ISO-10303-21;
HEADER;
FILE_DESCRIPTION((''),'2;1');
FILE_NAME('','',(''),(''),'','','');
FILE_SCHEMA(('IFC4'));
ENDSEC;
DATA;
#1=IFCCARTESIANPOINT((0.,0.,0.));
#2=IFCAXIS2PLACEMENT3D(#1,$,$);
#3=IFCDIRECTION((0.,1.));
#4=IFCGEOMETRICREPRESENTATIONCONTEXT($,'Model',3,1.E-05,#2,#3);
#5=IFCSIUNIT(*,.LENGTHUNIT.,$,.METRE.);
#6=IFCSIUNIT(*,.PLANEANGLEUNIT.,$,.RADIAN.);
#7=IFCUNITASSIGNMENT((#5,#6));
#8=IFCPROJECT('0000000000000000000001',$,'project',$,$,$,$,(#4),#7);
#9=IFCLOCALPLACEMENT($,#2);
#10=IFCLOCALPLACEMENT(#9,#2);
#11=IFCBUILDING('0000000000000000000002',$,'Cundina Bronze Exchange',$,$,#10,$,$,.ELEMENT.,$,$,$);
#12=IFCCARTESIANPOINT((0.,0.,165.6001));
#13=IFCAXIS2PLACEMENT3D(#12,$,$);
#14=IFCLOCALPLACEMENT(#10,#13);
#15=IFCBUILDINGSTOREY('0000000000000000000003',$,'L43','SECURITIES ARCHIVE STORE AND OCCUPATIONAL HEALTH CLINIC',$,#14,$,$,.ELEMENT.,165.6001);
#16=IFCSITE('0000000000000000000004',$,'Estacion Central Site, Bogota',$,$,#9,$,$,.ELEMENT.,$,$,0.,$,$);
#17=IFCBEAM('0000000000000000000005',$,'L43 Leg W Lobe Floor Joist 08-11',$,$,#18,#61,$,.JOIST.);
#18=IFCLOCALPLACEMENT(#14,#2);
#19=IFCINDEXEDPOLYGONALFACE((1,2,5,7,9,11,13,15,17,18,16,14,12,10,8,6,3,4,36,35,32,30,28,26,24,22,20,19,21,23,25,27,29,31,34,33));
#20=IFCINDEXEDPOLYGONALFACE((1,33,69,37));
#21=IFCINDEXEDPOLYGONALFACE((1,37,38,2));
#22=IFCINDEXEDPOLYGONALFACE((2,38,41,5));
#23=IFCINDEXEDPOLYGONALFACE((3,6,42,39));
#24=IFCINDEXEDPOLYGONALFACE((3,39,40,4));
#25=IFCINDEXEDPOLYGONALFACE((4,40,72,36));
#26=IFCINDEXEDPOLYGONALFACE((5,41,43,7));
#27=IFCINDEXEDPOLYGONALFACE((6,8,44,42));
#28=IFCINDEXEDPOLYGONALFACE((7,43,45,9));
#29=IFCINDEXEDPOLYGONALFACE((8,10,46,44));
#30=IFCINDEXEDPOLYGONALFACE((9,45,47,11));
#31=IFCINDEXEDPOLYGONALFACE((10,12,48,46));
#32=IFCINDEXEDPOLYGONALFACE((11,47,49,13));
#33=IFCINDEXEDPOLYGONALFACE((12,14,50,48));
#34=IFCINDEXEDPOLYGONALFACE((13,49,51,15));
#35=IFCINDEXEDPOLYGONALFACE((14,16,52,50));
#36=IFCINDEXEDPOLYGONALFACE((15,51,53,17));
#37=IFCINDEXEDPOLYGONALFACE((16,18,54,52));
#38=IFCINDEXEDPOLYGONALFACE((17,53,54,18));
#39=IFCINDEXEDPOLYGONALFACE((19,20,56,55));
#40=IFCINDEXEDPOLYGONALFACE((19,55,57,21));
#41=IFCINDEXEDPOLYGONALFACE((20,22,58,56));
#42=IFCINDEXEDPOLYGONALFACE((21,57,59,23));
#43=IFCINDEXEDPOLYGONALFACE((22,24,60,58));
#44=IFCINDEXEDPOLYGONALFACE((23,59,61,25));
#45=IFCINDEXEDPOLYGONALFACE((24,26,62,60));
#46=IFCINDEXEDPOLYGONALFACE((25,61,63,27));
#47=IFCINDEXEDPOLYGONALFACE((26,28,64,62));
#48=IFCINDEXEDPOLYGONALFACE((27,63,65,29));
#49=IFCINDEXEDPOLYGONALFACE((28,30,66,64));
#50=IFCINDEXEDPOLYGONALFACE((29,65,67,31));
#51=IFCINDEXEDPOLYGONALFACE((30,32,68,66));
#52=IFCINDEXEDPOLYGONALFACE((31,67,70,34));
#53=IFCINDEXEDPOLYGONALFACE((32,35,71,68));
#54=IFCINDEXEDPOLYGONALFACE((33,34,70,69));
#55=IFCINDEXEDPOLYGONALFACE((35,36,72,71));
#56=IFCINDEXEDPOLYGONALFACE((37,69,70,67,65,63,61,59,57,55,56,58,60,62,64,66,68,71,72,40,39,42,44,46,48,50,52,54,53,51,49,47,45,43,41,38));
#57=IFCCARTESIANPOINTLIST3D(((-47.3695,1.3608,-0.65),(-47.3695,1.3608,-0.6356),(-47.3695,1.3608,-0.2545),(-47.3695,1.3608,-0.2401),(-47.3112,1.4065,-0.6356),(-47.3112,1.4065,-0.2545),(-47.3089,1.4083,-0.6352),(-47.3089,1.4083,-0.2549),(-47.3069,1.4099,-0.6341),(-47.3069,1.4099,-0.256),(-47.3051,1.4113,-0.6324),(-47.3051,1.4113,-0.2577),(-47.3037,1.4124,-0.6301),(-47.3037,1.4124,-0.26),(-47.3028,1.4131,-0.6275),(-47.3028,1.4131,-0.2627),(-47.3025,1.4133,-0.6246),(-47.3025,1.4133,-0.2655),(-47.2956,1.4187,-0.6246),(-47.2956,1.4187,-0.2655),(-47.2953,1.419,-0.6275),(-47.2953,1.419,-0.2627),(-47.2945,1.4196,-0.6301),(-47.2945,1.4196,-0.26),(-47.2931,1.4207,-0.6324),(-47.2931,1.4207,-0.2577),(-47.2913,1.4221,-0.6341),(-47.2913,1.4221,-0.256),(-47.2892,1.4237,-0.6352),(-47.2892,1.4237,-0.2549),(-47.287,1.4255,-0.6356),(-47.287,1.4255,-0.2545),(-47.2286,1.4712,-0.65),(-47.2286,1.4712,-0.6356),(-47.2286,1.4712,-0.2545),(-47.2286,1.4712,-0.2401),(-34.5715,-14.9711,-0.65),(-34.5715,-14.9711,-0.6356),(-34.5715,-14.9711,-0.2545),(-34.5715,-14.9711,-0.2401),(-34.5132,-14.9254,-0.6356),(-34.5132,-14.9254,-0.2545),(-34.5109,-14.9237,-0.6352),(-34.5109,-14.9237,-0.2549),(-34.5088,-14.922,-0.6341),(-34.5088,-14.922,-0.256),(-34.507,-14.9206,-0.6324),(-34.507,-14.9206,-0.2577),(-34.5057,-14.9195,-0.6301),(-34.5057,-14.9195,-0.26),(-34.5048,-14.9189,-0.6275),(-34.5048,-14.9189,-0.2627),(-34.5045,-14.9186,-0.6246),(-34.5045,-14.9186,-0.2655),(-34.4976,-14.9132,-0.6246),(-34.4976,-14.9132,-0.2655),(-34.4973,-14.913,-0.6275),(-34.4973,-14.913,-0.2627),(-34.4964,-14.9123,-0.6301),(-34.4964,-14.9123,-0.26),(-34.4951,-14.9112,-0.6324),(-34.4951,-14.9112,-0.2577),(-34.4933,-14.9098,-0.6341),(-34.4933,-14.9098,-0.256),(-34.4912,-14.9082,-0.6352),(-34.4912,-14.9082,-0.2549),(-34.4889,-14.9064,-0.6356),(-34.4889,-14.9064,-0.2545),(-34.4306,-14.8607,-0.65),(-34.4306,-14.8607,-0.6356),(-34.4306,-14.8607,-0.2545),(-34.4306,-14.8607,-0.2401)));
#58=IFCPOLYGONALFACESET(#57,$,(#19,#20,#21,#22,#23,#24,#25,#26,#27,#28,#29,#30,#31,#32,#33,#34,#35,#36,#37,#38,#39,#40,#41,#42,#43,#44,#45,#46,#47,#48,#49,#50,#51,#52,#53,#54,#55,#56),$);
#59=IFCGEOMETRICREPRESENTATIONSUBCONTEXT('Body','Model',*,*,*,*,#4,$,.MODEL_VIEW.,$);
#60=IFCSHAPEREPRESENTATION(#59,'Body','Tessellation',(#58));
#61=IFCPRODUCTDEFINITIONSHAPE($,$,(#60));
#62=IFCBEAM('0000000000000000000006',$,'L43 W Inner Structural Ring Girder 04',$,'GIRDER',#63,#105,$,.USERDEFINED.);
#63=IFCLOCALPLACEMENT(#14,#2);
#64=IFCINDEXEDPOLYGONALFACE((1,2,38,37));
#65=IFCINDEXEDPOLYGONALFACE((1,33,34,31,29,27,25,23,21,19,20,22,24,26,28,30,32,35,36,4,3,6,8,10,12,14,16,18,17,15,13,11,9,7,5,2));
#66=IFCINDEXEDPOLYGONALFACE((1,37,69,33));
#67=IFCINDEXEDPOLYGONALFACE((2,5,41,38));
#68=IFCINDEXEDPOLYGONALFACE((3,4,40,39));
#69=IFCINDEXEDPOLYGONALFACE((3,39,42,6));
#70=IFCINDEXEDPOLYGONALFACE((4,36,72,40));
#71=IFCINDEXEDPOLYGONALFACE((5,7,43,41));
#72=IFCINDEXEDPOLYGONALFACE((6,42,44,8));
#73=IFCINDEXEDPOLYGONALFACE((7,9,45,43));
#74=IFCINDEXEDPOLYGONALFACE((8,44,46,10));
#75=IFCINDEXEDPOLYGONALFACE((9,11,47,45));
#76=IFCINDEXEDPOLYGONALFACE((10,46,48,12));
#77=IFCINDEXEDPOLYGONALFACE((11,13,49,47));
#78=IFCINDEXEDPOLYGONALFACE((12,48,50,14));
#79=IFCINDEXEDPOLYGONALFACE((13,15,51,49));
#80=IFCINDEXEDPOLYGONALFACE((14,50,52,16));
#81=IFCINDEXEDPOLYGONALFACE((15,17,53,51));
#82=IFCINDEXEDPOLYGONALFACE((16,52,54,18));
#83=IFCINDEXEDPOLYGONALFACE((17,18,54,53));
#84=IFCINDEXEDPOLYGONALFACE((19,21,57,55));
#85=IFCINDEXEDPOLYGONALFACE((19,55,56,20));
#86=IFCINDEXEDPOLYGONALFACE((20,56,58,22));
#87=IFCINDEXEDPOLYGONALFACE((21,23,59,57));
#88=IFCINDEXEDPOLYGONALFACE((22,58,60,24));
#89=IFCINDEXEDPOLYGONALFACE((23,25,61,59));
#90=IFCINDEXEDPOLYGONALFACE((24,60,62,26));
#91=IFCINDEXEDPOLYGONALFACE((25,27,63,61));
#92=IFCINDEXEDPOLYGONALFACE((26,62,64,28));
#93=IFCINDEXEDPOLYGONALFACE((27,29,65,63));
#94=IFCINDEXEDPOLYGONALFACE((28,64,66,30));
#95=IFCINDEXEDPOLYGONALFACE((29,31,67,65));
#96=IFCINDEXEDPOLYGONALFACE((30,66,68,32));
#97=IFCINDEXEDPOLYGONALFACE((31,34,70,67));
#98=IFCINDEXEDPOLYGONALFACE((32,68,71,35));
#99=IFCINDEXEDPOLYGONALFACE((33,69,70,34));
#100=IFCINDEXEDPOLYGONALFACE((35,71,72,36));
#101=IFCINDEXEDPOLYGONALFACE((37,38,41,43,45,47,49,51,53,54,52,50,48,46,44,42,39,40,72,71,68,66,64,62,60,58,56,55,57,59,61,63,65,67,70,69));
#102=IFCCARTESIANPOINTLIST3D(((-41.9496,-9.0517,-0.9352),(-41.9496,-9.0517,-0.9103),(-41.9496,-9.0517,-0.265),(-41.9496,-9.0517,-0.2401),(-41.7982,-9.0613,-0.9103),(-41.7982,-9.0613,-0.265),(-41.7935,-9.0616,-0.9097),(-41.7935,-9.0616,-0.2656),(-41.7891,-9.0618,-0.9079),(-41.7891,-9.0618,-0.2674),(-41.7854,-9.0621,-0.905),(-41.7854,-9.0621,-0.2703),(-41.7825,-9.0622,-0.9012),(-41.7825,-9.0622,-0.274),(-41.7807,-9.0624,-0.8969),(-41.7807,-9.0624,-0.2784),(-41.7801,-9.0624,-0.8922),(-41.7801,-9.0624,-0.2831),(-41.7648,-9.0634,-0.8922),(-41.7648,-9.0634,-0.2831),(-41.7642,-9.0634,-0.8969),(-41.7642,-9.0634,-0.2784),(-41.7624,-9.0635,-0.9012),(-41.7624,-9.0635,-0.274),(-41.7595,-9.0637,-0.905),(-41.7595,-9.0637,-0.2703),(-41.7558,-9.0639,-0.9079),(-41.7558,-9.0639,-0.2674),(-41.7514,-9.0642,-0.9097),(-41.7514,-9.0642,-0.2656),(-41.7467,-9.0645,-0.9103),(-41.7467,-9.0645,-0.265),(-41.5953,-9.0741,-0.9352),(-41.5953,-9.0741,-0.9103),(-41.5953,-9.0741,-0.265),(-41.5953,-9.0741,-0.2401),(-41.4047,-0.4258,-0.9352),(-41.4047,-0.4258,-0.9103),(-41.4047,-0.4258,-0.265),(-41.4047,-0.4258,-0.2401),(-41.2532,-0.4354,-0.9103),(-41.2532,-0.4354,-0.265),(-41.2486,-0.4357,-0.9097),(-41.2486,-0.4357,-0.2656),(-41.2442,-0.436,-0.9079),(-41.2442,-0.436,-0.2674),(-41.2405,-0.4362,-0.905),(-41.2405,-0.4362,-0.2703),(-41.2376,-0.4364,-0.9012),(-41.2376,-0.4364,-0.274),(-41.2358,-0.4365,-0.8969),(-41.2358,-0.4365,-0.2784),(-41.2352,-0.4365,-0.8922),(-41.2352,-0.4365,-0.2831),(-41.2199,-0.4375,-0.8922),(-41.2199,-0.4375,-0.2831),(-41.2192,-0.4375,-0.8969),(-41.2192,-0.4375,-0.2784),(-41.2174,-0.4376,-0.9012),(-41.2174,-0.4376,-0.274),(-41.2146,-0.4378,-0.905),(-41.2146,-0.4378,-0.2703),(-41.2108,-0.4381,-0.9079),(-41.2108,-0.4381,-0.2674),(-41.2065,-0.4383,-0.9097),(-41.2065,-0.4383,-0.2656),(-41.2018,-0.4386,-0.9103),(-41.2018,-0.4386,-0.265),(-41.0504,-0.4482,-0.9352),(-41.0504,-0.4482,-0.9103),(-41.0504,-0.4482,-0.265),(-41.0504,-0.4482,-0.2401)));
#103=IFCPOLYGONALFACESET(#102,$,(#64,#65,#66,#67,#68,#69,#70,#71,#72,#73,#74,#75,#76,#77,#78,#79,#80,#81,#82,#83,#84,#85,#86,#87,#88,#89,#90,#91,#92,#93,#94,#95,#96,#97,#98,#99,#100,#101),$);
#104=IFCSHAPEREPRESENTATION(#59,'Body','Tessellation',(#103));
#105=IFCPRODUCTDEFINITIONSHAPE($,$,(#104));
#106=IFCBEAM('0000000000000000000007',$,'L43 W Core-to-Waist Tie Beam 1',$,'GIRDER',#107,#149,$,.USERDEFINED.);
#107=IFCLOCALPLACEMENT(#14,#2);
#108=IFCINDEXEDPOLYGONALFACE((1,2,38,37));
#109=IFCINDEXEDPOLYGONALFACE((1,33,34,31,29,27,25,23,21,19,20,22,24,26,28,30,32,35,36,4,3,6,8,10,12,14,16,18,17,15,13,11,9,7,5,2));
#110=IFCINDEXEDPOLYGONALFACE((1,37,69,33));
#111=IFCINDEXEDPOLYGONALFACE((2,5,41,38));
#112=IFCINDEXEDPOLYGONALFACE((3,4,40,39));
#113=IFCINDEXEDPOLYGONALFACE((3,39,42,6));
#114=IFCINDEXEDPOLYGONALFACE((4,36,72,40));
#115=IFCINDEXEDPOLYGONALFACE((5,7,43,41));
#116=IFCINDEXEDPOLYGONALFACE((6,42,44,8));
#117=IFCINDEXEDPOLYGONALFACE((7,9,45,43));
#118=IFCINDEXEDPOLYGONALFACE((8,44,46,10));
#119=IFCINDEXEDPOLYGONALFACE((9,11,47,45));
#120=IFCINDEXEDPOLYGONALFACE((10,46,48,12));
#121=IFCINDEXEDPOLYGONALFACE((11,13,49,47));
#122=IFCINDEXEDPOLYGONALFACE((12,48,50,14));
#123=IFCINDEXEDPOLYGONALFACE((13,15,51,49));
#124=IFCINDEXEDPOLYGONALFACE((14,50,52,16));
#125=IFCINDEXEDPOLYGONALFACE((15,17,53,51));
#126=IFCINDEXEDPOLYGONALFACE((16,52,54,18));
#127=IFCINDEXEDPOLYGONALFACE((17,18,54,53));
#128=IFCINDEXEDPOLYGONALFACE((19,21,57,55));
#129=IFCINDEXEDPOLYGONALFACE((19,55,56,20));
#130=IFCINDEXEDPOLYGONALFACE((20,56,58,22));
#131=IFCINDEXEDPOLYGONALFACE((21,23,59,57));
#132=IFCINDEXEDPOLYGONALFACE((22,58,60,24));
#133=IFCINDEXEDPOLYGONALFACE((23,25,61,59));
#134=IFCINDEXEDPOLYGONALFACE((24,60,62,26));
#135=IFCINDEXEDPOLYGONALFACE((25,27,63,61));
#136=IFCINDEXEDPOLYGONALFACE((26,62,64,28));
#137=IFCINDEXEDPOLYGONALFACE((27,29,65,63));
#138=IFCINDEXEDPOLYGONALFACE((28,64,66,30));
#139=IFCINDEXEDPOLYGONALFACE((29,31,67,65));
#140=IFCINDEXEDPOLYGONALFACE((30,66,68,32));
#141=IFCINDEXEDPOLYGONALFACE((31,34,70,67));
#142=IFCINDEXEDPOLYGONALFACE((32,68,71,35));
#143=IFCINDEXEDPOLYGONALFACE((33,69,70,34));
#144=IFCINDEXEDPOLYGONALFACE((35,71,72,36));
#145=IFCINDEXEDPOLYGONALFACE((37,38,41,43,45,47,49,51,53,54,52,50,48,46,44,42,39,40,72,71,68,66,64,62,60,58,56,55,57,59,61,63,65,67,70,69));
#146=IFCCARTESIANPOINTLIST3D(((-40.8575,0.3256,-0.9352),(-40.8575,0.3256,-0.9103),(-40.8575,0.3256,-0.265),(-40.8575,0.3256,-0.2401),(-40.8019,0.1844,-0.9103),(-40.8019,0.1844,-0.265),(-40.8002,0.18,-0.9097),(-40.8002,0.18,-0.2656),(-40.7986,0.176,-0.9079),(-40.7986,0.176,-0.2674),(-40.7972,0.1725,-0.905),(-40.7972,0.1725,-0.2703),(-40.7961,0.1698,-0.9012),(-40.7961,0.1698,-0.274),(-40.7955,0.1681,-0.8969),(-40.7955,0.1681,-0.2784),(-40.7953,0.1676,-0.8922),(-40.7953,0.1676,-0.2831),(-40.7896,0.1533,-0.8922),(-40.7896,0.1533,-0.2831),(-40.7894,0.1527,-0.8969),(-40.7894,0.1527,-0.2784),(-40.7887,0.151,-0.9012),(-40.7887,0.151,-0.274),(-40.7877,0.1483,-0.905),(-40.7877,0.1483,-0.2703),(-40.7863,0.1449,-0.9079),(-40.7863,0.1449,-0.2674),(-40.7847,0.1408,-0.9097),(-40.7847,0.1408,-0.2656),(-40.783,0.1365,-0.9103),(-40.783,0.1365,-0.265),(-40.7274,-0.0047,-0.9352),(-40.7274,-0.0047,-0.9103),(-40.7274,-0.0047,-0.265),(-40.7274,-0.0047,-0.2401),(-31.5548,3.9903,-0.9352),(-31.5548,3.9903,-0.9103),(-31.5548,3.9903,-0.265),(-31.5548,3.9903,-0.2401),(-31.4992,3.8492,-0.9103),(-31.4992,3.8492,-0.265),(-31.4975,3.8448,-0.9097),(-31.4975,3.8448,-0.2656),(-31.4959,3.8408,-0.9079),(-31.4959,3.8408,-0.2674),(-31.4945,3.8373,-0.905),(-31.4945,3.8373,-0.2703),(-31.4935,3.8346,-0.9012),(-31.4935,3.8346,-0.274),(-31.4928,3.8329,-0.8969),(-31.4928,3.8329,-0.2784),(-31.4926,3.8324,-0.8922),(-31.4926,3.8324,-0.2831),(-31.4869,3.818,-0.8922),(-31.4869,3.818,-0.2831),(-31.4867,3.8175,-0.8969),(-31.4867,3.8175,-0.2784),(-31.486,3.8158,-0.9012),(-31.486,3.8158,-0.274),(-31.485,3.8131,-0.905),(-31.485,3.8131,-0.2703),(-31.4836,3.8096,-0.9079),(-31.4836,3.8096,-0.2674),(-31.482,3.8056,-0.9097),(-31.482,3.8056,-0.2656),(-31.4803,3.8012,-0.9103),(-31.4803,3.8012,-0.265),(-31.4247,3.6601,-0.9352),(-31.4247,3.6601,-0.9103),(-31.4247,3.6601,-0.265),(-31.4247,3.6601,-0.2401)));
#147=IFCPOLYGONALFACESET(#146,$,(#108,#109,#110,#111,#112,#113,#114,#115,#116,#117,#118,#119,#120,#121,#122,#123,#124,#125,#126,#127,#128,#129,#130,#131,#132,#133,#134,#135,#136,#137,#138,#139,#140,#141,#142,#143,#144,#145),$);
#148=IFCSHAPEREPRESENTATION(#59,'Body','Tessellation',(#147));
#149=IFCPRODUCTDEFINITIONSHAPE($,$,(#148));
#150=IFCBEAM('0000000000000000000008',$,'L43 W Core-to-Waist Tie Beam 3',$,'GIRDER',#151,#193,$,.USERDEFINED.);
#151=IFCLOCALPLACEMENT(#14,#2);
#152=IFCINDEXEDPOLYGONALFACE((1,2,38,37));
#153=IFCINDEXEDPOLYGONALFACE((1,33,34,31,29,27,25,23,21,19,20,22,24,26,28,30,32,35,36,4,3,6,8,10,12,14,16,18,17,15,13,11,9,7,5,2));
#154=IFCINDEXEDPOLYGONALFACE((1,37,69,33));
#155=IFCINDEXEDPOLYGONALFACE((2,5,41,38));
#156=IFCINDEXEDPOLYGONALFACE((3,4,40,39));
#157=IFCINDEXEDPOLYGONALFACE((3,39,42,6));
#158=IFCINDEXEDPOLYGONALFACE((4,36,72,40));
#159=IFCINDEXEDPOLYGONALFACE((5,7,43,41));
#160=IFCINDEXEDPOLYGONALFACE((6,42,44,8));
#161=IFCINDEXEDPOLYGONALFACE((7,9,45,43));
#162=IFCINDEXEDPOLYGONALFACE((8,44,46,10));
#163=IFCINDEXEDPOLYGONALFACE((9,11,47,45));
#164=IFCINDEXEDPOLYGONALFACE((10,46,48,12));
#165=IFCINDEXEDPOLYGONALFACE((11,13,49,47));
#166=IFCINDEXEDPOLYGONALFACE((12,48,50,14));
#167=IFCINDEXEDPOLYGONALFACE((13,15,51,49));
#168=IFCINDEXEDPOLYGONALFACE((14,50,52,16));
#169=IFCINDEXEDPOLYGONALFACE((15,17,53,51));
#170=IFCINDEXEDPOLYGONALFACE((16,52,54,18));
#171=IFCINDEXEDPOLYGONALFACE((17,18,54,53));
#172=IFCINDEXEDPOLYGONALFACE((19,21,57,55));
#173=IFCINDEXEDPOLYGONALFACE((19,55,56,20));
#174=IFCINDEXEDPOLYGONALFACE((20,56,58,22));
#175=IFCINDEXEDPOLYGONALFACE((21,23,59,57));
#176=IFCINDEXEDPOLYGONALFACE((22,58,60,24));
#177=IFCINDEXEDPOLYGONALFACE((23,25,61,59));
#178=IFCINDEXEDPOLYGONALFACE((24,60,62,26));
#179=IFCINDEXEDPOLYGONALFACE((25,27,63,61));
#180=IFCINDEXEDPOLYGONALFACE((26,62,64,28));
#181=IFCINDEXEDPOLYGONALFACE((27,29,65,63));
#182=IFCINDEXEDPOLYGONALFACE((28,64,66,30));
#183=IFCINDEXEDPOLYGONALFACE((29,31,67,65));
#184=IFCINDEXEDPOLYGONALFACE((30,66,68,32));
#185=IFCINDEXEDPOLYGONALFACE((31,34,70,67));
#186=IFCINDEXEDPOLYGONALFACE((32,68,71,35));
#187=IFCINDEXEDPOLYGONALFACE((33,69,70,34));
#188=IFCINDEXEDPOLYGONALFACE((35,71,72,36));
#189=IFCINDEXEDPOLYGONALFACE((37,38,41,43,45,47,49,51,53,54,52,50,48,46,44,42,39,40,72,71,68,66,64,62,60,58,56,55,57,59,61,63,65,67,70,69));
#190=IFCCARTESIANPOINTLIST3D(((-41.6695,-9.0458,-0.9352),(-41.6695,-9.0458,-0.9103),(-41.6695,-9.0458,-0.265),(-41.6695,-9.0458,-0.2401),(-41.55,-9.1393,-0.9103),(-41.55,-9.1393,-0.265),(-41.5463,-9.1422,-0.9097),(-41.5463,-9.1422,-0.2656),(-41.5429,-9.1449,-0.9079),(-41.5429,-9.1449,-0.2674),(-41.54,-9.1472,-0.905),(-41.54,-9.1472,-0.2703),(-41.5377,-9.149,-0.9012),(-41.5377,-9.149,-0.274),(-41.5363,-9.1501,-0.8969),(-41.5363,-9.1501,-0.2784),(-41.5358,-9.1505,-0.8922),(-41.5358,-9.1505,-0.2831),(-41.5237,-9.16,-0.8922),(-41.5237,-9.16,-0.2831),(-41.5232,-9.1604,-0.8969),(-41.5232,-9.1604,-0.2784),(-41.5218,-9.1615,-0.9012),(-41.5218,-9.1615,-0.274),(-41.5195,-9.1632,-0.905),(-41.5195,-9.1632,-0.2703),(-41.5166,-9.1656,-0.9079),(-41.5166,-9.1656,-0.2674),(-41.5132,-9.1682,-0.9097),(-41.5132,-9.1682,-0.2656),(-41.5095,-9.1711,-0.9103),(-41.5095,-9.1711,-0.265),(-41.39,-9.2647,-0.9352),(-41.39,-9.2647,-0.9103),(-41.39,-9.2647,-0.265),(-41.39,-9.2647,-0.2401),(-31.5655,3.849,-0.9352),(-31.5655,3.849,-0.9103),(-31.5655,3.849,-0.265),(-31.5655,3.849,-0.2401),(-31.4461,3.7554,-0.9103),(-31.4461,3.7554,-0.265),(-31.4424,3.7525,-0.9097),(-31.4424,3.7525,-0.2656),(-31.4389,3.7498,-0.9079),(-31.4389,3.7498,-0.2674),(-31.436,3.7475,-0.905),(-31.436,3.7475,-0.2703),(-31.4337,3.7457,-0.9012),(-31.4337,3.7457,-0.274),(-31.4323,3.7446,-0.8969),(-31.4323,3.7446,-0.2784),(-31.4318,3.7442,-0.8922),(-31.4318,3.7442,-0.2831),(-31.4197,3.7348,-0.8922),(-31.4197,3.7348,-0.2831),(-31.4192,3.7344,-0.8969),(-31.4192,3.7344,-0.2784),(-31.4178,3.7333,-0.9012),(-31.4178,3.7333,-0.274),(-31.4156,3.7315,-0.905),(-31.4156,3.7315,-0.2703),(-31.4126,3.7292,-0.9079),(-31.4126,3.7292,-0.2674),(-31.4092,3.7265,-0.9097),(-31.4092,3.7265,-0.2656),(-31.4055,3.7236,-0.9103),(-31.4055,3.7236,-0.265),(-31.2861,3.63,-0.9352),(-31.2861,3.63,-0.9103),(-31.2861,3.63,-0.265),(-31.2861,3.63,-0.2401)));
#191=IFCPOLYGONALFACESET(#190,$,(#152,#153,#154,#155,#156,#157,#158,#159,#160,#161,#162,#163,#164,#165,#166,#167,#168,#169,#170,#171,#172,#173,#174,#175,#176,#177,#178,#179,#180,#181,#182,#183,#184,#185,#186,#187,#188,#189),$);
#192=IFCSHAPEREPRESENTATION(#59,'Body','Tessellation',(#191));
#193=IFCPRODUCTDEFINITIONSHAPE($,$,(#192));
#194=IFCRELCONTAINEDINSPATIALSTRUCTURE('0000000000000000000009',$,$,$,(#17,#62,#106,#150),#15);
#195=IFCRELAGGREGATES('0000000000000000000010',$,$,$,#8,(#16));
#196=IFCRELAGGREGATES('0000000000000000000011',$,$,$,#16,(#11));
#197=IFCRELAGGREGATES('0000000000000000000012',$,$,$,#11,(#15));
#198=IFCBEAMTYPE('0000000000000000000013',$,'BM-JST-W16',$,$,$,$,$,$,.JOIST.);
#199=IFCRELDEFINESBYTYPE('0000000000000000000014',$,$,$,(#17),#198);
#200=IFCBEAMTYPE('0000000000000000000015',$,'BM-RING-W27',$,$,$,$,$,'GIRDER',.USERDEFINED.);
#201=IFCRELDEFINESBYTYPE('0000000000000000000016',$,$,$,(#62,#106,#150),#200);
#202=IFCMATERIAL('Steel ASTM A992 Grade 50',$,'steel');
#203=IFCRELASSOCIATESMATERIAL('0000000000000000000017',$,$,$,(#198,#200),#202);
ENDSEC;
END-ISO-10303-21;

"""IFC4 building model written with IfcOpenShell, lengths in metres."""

from ifc_helpers import new_model, si_unit, direction, frame, origin, origin_2d, place, context, subcontext, project, spatial, i_section, extrude, material, material_profile, profile_set, type_object, element, save


model = new_model("IFC4")

# Units and contexts
model_context = context("Model", 3, precision=1e-05, world=origin(), true_north=direction((0.0, 1.0)))
body_context = subcontext(model_context, "Body", "Model", "MODEL_VIEW")
ifc_project = project(units=[si_unit("LENGTHUNIT", "METRE"), si_unit("PLANEANGLEUNIT", "RADIAN")], contexts=[model_context])

# Site, building, storey
site_placement = place(None, origin())
site = spatial("IfcSite", under=ifc_project, at=site_placement, Name="Estacion Central Site, Bogota", CompositionType="ELEMENT", RefElevation=0.0)
building_placement = place(site_placement, origin())
building = spatial("IfcBuilding", under=site, at=building_placement, Name="Cundina Bronze Exchange", CompositionType="ELEMENT")
storey_placement = place(building_placement, frame((0.0, 0.0, 165.6001)))
storey = spatial("IfcBuildingStorey", under=building, at=storey_placement, Name="L43", Description="SECURITIES ARCHIVE STORE AND OCCUPATIONAL HEALTH CLINIC", CompositionType="ELEMENT", Elevation=165.6001)

# Shared definitions
ifc_material_1 = material(Name="Steel ASTM A992 Grade 50", Category="steel")

# Beams
ifc_material_profile_1 = material_profile(ifc_material_1, i_section(OverallWidth=0.179, OverallDepth=0.4099, WebThickness=0.0088, FlangeThickness=0.0144, FilletRadius=0.011, at=origin_2d()), Name="W16X45", Category="steel")
ifc_profile_set_1 = profile_set([ifc_material_profile_1], Name="Steel ASTM A992 Grade 50")
beam_type_1 = type_object("IfcBeamType", Name="BM-JST-W16", PredefinedType="JOIST", material=ifc_profile_set_1)
beam_1_placement = place(storey_placement, frame((-47.2991, 1.416, -0.4451), z_axis=(0.616801, -0.787119, 0.0), x_axis=(0.787119, 0.616801, 0.0)))
element("IfcBeam", 1, at=beam_1_placement, inside=storey, type_object=beam_type_1, Name="L43 Leg W Lobe Floor Joist 08-11", PredefinedType="JOIST", context=body_context, shape_type="SweptSolid", body=[
    extrude(i_section(OverallWidth=0.179, OverallDepth=0.4099, WebThickness=0.0088, FlangeThickness=0.0144, FilletRadius=0.011, at=origin_2d()), origin(), (0.0, 0.0, 1.0), 20.749),
])
ifc_material_profile_2 = material_profile(ifc_material_1, i_section(OverallWidth=0.355, OverallDepth=0.6951, WebThickness=0.0154, FlangeThickness=0.0249, FilletRadius=0.0181, at=origin_2d()), Name="W27X146", Category="steel")
ifc_profile_set_2 = profile_set([ifc_material_profile_2], Name="Steel ASTM A992 Grade 50")
beam_type_2 = type_object("IfcBeamType", Name="BM-RING-W27", ElementType="GIRDER", PredefinedType="USERDEFINED", material=ifc_profile_set_2)
beam_2_placement = place(storey_placement, frame((-41.2275, -0.437, -0.5876), z_axis=(-0.063047, -0.998011, 0.0), x_axis=(0.998011, -0.063047, 0.0)))
element("IfcBeam", 2, at=beam_2_placement, inside=storey, type_object=beam_type_2, Name="L43 W Inner Structural Ring Girder 04", ObjectType="GIRDER", PredefinedType="USERDEFINED", context=body_context, shape_type="SweptSolid", body=[
    extrude(i_section(OverallWidth=0.355, OverallDepth=0.6951, WebThickness=0.0154, FlangeThickness=0.0249, FilletRadius=0.0181, at=origin_2d()), origin(), (0.0, 0.0, 1.0), 8.6431),
])
beam_3_placement = place(storey_placement, frame((-31.4897, 3.8252, -0.5876), z_axis=(-0.930406, -0.366532, 0.0), x_axis=(0.366532, -0.930406, 0.0)))
element("IfcBeam", 3, at=beam_3_placement, inside=storey, type_object=beam_type_2, Name="L43 W Core-to-Waist Tie Beam 1", ObjectType="GIRDER", PredefinedType="USERDEFINED", context=body_context, shape_type="SweptSolid", body=[
    extrude(i_section(OverallWidth=0.355, OverallDepth=0.6951, WebThickness=0.0154, FlangeThickness=0.0249, FilletRadius=0.0181, at=origin_2d()), origin(), (0.0, 0.0, 1.0), 9.9985),
])
beam_4_placement = place(storey_placement, frame((-31.4258, 3.7395, -0.5876), z_axis=(-0.616779, -0.787136, 0.0), x_axis=(0.787136, -0.616779, 0.0)))
element("IfcBeam", 4, at=beam_4_placement, inside=storey, type_object=beam_type_2, Name="L43 W Core-to-Waist Tie Beam 3", ObjectType="GIRDER", PredefinedType="USERDEFINED", context=body_context, shape_type="SweptSolid", body=[
    extrude(i_section(OverallWidth=0.355, OverallDepth=0.6951, WebThickness=0.0154, FlangeThickness=0.0249, FilletRadius=0.0181, at=origin_2d()), origin(), (0.0, 0.0, 1.0), 16.3818),
])

save(model, "model.ifc")
